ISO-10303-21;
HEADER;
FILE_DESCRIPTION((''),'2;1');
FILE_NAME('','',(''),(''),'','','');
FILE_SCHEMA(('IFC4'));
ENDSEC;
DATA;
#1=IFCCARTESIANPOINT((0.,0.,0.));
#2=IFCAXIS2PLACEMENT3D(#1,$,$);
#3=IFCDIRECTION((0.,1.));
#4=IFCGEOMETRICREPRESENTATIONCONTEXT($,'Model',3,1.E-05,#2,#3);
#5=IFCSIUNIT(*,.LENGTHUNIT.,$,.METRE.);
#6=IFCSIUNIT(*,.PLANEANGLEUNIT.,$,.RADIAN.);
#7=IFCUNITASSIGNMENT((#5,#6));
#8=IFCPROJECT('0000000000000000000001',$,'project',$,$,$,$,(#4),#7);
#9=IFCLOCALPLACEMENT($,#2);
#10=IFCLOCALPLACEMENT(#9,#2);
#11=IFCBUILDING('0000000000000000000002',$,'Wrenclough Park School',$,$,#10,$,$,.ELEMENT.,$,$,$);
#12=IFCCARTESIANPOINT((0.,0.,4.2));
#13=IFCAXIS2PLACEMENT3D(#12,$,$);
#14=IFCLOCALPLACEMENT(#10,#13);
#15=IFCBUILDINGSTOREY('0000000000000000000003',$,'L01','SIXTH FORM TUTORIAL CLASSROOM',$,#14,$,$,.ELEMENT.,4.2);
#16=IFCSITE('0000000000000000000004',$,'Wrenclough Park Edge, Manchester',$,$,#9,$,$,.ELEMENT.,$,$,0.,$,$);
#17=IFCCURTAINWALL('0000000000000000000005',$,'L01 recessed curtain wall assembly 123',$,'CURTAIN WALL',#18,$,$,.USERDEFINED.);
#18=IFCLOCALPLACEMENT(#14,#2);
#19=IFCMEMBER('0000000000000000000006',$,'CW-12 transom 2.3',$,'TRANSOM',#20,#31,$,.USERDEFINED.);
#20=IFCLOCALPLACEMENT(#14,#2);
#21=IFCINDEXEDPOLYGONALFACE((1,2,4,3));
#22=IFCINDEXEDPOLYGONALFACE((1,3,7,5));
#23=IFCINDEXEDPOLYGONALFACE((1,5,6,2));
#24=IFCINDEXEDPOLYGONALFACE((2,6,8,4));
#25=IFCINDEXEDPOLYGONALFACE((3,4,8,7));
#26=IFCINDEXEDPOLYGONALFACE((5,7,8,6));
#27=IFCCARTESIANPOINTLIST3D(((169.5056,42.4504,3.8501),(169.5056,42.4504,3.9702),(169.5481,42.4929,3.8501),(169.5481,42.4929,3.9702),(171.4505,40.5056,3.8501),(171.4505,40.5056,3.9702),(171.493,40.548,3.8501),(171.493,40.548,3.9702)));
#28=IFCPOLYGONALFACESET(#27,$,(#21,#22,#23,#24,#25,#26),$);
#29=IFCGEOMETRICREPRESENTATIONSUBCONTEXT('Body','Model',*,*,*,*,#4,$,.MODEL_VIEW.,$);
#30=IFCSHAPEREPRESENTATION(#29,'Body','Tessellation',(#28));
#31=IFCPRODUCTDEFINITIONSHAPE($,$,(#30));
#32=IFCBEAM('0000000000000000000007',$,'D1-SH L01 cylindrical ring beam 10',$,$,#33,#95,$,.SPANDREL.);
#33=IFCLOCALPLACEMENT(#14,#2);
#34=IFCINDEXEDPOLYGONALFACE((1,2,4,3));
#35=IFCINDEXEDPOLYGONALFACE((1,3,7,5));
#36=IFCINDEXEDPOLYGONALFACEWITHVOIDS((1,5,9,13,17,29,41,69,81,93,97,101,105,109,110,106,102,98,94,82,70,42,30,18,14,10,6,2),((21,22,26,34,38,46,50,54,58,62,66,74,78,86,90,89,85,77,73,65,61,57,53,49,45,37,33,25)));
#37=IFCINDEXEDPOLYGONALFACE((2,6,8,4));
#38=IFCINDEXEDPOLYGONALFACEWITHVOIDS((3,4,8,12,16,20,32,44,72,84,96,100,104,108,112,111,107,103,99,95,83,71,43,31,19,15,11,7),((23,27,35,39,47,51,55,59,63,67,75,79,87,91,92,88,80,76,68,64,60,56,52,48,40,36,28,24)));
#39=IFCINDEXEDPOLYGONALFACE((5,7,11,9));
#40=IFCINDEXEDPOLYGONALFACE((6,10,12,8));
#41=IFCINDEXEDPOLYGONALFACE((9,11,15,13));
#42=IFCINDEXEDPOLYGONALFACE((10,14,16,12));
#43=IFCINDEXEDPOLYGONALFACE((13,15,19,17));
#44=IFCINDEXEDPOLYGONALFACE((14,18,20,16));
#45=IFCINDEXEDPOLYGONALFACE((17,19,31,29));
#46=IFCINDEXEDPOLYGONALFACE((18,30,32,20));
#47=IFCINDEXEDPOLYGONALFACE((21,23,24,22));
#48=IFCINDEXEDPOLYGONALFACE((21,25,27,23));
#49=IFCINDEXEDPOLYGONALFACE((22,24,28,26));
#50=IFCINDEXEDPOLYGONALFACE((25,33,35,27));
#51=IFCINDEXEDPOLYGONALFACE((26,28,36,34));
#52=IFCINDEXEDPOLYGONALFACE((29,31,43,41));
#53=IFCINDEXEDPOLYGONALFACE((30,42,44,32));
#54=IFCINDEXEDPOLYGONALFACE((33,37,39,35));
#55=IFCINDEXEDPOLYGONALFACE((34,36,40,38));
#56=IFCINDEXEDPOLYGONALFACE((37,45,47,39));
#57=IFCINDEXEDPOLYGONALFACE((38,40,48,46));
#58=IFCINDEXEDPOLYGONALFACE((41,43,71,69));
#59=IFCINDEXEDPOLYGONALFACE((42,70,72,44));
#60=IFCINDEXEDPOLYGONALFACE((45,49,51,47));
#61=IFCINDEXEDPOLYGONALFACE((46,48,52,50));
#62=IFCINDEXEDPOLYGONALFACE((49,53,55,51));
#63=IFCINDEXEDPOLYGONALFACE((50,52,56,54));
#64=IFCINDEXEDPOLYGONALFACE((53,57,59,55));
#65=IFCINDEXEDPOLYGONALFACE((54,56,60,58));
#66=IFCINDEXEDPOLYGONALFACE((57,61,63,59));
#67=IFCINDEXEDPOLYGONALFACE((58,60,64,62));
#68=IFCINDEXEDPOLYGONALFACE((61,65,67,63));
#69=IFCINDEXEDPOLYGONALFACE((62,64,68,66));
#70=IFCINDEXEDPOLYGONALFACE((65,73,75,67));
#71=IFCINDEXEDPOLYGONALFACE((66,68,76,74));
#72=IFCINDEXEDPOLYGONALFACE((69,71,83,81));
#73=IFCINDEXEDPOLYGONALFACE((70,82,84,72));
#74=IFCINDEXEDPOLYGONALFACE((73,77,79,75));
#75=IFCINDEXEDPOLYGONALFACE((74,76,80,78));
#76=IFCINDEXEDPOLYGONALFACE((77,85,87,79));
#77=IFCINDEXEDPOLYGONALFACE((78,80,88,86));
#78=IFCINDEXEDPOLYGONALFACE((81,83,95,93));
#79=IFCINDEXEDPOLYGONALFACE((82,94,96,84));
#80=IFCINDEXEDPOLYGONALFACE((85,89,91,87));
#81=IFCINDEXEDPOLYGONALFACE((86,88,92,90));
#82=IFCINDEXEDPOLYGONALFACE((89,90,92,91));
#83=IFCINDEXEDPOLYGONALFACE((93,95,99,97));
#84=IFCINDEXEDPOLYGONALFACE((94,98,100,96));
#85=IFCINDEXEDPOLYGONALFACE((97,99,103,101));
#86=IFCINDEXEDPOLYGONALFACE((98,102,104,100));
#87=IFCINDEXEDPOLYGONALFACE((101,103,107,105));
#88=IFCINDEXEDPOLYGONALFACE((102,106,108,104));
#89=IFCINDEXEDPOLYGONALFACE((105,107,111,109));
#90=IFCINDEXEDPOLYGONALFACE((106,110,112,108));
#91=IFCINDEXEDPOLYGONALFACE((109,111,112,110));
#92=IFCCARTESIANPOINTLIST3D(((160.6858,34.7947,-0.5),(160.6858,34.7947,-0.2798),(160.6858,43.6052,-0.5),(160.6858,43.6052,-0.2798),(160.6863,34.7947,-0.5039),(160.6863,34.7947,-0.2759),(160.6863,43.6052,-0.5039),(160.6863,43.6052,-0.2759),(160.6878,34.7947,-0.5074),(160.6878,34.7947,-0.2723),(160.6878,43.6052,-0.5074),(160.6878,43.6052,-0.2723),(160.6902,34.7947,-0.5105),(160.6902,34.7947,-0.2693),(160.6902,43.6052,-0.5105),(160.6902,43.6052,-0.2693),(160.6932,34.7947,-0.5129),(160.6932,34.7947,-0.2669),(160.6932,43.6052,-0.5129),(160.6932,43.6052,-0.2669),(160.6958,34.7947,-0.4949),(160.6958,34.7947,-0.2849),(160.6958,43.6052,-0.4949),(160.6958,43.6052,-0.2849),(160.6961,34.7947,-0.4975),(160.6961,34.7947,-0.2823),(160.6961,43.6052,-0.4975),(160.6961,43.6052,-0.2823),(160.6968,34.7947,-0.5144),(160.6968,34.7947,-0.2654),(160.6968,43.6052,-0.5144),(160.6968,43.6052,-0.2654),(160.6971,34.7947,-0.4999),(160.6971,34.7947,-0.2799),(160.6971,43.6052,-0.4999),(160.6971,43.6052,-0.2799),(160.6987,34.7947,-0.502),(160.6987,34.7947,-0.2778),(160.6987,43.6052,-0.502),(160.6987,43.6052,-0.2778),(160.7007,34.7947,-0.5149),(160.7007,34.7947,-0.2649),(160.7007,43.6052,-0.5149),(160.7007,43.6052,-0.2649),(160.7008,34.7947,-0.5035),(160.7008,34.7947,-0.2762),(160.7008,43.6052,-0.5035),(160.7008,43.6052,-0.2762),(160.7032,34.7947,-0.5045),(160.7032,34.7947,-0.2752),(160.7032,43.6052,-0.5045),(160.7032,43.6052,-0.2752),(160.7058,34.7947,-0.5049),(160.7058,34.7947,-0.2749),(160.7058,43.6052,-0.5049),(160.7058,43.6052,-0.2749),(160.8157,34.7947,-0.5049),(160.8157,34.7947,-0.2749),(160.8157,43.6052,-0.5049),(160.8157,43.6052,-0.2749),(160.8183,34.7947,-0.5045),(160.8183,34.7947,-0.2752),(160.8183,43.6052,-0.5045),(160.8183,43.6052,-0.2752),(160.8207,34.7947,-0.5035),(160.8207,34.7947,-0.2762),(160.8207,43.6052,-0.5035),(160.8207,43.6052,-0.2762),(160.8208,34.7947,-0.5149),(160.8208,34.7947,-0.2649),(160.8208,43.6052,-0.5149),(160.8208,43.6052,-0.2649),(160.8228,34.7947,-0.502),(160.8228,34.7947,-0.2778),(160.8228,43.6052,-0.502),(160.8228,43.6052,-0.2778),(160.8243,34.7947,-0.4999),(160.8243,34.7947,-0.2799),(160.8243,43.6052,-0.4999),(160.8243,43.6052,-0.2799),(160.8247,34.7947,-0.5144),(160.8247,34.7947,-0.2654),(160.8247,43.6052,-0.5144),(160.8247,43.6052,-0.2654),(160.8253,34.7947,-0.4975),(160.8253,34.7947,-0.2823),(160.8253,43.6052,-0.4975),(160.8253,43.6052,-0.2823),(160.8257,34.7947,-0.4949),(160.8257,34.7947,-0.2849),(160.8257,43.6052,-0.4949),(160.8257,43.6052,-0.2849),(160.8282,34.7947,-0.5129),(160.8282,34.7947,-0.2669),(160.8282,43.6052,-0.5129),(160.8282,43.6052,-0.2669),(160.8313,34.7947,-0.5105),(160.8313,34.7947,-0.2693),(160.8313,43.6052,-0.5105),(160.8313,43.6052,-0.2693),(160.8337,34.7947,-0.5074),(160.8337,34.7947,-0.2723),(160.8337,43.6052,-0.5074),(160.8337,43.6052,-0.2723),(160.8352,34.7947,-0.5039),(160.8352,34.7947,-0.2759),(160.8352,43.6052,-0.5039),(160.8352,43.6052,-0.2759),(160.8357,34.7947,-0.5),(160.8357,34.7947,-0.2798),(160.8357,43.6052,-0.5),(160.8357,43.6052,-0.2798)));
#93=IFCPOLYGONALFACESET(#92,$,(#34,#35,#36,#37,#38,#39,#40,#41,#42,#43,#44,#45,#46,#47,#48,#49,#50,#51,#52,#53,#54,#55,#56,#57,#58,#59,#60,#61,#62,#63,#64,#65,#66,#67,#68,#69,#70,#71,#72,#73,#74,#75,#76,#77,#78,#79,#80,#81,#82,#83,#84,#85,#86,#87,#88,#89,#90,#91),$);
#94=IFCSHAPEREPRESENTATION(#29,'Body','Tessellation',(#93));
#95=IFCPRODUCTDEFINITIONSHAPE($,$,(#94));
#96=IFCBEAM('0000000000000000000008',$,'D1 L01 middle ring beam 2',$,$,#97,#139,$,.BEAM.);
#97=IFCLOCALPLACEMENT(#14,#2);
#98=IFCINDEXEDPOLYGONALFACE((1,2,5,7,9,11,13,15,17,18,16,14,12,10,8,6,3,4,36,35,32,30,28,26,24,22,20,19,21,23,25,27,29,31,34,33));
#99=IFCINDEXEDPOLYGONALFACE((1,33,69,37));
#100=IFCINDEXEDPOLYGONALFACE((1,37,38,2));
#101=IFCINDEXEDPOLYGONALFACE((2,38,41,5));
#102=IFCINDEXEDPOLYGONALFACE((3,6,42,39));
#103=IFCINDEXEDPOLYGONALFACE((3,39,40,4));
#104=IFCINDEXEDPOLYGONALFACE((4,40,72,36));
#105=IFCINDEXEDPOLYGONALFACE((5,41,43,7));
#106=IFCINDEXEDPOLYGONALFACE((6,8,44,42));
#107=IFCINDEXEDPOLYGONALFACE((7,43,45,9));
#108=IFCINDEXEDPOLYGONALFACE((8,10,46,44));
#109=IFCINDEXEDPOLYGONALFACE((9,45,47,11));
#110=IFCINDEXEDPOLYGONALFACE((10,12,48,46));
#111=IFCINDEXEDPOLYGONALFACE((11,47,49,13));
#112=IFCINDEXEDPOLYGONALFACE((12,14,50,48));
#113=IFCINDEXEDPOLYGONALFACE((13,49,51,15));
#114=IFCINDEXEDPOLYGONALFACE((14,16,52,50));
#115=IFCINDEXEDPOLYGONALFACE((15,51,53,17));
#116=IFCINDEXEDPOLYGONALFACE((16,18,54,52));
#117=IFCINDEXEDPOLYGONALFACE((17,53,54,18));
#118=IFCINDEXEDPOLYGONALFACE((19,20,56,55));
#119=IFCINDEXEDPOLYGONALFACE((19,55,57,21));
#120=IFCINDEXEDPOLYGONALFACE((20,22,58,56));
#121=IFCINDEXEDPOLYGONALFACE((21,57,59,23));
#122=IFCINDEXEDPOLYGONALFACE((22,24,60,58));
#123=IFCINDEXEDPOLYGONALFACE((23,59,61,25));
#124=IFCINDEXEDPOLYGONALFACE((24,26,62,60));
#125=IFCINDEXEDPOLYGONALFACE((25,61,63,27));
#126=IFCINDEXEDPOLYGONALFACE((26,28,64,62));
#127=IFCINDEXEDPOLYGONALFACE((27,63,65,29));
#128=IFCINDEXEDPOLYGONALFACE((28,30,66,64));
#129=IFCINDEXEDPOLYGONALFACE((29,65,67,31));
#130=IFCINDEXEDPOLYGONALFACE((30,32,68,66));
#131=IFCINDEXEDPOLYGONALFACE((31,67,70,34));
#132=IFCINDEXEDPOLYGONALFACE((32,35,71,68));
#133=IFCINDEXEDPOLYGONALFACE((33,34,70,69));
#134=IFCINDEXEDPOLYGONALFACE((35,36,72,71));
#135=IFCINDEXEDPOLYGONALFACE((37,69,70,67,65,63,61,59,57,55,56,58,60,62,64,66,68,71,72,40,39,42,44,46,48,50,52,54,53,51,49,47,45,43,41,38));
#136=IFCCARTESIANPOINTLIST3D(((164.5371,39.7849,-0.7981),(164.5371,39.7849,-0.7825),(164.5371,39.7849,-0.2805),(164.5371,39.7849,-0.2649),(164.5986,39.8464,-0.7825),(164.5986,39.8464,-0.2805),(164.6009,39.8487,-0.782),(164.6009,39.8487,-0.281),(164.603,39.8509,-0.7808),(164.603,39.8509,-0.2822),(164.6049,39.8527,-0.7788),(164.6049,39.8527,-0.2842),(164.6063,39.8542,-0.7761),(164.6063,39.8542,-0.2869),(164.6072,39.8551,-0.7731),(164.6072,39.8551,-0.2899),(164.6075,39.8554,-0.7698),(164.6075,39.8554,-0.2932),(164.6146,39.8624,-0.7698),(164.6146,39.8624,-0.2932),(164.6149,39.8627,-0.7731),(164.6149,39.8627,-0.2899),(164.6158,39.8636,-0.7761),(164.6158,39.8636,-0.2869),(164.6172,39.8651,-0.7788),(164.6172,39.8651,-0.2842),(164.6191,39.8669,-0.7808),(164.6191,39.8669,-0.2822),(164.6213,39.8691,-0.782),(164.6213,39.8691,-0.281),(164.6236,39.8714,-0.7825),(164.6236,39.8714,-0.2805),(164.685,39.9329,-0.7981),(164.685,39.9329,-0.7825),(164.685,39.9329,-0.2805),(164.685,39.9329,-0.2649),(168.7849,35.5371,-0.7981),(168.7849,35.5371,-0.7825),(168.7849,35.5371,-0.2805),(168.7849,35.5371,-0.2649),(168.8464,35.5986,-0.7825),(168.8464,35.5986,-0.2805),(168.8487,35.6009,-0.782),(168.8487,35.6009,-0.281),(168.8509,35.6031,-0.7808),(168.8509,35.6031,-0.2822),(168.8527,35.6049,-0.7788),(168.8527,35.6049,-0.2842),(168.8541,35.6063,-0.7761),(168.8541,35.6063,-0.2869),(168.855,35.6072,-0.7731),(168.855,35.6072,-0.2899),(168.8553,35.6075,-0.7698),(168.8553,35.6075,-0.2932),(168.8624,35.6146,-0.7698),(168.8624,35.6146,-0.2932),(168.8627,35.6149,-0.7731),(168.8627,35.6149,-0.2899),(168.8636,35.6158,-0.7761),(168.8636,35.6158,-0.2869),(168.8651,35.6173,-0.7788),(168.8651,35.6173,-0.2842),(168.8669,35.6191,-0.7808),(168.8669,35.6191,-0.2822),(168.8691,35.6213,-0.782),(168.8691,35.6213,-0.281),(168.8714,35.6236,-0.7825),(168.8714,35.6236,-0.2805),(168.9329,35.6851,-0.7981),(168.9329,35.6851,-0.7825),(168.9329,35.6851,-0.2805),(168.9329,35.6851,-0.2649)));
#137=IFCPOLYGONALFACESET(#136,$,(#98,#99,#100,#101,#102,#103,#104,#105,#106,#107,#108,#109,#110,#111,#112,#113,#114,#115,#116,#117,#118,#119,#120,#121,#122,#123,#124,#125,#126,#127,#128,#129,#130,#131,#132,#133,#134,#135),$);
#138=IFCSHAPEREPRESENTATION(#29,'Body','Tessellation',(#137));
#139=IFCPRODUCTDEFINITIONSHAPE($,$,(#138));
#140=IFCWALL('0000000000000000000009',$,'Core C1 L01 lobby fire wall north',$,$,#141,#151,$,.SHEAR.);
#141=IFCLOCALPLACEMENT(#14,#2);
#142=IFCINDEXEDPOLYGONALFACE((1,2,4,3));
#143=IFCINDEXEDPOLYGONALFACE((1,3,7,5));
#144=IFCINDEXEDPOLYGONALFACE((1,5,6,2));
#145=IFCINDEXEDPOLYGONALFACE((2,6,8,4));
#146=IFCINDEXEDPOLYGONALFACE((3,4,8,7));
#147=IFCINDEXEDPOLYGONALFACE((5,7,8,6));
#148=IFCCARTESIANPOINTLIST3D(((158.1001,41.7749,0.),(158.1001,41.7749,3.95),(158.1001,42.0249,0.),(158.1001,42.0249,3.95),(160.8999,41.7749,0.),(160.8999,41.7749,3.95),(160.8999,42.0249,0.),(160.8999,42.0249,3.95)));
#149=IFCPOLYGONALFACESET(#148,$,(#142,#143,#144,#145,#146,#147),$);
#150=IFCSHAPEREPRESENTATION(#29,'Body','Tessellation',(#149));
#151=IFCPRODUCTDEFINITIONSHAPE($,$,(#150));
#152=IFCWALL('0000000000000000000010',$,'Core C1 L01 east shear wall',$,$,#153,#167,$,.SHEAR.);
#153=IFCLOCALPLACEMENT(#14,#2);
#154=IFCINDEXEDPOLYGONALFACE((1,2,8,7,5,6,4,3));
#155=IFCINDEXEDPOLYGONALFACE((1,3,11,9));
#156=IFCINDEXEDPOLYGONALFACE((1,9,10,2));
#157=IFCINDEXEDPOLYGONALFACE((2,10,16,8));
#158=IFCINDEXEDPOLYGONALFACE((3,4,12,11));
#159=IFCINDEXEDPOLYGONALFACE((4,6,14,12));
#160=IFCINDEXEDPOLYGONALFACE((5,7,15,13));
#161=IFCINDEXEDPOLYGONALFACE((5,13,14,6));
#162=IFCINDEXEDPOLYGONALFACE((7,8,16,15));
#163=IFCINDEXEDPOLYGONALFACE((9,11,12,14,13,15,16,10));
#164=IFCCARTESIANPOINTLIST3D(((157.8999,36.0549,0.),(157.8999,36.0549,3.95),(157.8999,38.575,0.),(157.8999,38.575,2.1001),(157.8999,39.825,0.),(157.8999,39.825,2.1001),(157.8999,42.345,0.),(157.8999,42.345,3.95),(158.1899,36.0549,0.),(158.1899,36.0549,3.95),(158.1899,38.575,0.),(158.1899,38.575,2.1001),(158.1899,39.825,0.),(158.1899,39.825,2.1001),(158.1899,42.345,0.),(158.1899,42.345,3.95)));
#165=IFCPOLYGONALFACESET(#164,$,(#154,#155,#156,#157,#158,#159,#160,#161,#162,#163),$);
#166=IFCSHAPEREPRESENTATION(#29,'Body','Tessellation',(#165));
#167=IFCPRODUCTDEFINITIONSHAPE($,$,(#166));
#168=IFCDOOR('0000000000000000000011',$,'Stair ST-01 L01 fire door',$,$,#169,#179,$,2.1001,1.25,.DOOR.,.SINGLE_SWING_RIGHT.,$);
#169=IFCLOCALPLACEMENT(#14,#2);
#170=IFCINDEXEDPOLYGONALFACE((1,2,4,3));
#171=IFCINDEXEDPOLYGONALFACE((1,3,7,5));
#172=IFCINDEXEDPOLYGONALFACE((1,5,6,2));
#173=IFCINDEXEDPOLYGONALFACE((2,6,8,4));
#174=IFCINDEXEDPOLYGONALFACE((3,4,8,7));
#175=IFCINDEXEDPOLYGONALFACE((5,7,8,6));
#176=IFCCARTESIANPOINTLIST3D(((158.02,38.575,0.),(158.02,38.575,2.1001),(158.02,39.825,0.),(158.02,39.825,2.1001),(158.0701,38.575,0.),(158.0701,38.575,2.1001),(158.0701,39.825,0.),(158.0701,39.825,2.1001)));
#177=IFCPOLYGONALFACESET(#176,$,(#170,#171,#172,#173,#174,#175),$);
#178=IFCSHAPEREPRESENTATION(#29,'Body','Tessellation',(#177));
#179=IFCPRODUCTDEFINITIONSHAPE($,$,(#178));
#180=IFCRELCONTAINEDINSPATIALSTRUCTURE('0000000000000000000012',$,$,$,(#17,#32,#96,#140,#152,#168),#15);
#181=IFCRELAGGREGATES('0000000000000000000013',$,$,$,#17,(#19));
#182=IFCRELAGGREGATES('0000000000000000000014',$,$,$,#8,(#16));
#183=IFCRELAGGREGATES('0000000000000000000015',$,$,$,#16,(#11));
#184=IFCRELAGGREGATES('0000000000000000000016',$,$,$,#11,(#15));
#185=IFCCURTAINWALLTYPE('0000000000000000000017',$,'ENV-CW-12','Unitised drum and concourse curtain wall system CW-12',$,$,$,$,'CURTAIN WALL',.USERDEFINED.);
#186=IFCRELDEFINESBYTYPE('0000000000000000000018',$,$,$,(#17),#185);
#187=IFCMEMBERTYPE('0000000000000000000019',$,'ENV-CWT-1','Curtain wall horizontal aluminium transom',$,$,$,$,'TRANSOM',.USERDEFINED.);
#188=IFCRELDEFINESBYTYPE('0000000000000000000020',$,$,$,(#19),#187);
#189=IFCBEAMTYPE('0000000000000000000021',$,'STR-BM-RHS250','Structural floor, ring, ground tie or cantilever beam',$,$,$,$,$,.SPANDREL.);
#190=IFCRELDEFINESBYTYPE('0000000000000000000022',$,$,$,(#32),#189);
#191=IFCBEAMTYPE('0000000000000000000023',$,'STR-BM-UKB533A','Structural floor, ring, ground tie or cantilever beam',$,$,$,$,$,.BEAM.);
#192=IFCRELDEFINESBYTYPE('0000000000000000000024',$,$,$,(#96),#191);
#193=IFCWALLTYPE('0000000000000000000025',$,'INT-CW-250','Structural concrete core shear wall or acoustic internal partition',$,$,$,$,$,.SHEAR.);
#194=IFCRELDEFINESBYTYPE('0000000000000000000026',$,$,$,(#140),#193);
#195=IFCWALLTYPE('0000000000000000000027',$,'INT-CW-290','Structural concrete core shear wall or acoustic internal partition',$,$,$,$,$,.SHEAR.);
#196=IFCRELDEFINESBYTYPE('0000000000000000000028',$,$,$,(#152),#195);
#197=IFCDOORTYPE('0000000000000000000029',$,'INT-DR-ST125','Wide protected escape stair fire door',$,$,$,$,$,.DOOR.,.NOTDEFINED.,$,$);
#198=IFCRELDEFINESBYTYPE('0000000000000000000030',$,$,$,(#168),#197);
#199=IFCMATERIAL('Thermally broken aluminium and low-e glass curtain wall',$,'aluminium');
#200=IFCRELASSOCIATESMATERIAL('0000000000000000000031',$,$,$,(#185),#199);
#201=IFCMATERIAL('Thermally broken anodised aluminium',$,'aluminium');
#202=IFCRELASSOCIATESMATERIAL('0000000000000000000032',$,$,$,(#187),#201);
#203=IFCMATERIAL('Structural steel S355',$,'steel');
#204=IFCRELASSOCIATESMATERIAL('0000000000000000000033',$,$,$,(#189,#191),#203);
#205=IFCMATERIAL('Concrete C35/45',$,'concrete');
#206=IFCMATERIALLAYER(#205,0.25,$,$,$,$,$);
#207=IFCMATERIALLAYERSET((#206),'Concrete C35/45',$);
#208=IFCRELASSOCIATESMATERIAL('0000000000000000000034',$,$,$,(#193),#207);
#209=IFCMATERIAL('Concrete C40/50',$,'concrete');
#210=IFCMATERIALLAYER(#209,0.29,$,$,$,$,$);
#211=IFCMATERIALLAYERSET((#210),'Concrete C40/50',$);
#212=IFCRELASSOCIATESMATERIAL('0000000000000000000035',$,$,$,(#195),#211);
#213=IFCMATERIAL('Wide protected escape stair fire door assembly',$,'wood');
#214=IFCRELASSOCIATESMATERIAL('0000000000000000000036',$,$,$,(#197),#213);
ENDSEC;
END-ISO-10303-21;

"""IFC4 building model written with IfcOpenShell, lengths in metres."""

from ifc_helpers import new_model, si_unit, direction, frame, frame_2d, origin, origin_2d, place, context, subcontext, project, spatial, rectangle, hollow_rectangle, i_section, extrude, material, layer, layer_set, material_profile, profile_set, type_object, element, fill, aggregate, save


model = new_model("IFC4")

# Units and contexts
model_context = context("Model", 3, precision=1e-05, world=origin(), true_north=direction((0.0, 1.0)))
body_context = subcontext(model_context, "Body", "Model", "MODEL_VIEW")
ifc_project = project(units=[si_unit("LENGTHUNIT", "METRE"), si_unit("PLANEANGLEUNIT", "RADIAN")], contexts=[model_context])

# Site, building, storey
site_placement = place(None, origin())
site = spatial("IfcSite", under=ifc_project, at=site_placement, Name="Wrenclough Park Edge, Manchester", CompositionType="ELEMENT", RefElevation=0.0)
building_placement = place(site_placement, origin())
building = spatial("IfcBuilding", under=site, at=building_placement, Name="Wrenclough Park School", CompositionType="ELEMENT")
storey_placement = place(building_placement, frame((0.0, 0.0, 4.2)))
storey = spatial("IfcBuildingStorey", under=building, at=storey_placement, Name="L01", Description="SIXTH FORM TUTORIAL CLASSROOM", CompositionType="ELEMENT", Elevation=4.2)

# Shared definitions
ifc_material_1 = material(Name="Structural steel S355", Category="steel")

# Curtain wall, member
ifc_material_2 = material(Name="Thermally broken aluminium and low-e glass curtain wall", Category="aluminium")
curtain_wall_type = type_object("IfcCurtainWallType", Name="ENV-CW-12", Description="Unitised drum and concourse curtain wall system CW-12", ElementType="CURTAIN WALL", PredefinedType="USERDEFINED", material=ifc_material_2)
curtain_wall_placement = place(storey_placement, origin())
curtain_wall = element("IfcCurtainWall", 1, at=curtain_wall_placement, inside=storey, type_object=curtain_wall_type, Name="L01 recessed curtain wall assembly 123", ObjectType="CURTAIN WALL", PredefinedType="USERDEFINED")
ifc_material_3 = material(Name="Thermally broken anodised aluminium", Category="aluminium")
ifc_material_profile_1 = material_profile(ifc_material_3, rectangle(XDim=0.0601, YDim=0.1201, at=origin_2d()), Name="AL TRANSOM 60x120")
ifc_profile_set_1 = profile_set([ifc_material_profile_1], Name="Thermally broken anodised aluminium")
member_type_1 = type_object("IfcMemberType", Name="ENV-CWT-1", Description="Curtain wall horizontal aluminium transom", ElementType="TRANSOM", PredefinedType="USERDEFINED", material=ifc_profile_set_1)
member_1_placement = place(storey_placement, frame((169.5269, 42.4717, 3.9102), z_axis=(0.707107, -0.707107, 0.0), x_axis=(0.707107, 0.707107, 0.0)))
member_1 = element("IfcMember", 2, at=member_1_placement, type_object=member_type_1, Name="CW-12 transom 2.3", ObjectType="TRANSOM", PredefinedType="USERDEFINED", context=body_context, shape_type="SweptSolid", body=[
    extrude(rectangle(XDim=0.0601, YDim=0.1201, at=origin_2d()), origin(), (0.0, 0.0, 1.0), 2.7505),
])
aggregate(curtain_wall, [member_1])

# Beams
ifc_material_profile_2 = material_profile(ifc_material_1, hollow_rectangle(XDim=0.1499, YDim=0.25, WallThickness=0.01, InnerFilletRadius=0.01, OuterFilletRadius=0.0149, at=origin_2d()), Name="RHS 250x150x10.0")
ifc_profile_set_2 = profile_set([ifc_material_profile_2], Name="Structural steel S355")
beam_type_1 = type_object("IfcBeamType", Name="STR-BM-RHS250", Description="Structural floor, ring, ground tie or cantilever beam", PredefinedType="SPANDREL", material=ifc_profile_set_2)
beam_1_placement = place(storey_placement, frame((160.7607, 34.7947, -0.3899), z_axis=(0.0, 1.0, 0.0), x_axis=(-1.0, 0.0, 0.0)))
element("IfcBeam", 3, at=beam_1_placement, inside=storey, type_object=beam_type_1, Name="D1-SH L01 cylindrical ring beam 10", PredefinedType="SPANDREL", context=body_context, shape_type="SweptSolid", body=[
    extrude(hollow_rectangle(XDim=0.1499, YDim=0.25, WallThickness=0.01, InnerFilletRadius=0.01, OuterFilletRadius=0.0149, at=origin_2d()), origin(), (0.0, 0.0, 1.0), 8.8105),
])
ifc_material_profile_3 = material_profile(ifc_material_1, i_section(OverallWidth=0.2092, OverallDepth=0.5332, WebThickness=0.01, FlangeThickness=0.0156, FilletRadius=0.0127, at=origin_2d()), Name="UKB 533x210x92")
ifc_profile_set_3 = profile_set([ifc_material_profile_3], Name="Structural steel S355")
beam_type_2 = type_object("IfcBeamType", Name="STR-BM-UKB533A", Description="Structural floor, ring, ground tie or cantilever beam", PredefinedType="BEAM", material=ifc_profile_set_3)
beam_2_placement = place(storey_placement, frame((168.8589, 35.6111, -0.5315), z_axis=(-0.707107, 0.707107, 0.0), x_axis=(-0.707107, -0.707107, 0.0)))
element("IfcBeam", 4, at=beam_2_placement, inside=storey, type_object=beam_type_2, Name="D1 L01 middle ring beam 2", PredefinedType="BEAM", context=body_context, shape_type="SweptSolid", body=[
    extrude(i_section(OverallWidth=0.2092, OverallDepth=0.5332, WebThickness=0.01, FlangeThickness=0.0156, FilletRadius=0.0127, at=origin_2d()), origin(), (0.0, 0.0, 1.0), 6.0073),
])

# Shared definitions
ifc_material_4 = material(Name="Concrete C35/45", Category="concrete")
ifc_layer_1 = layer(ifc_material_4, 0.25)
ifc_layer_set_1 = layer_set([ifc_layer_1], Name="Concrete C35/45")
wall_type_1 = type_object("IfcWallType", Name="INT-CW-250", Description="Structural concrete core shear wall or acoustic internal partition", PredefinedType="SHEAR", material=ifc_layer_set_1)

# Wall
wall_1_placement = place(storey_placement, frame((160.8999, 41.8999, 0.0), z_axis=(0.0, 0.0, 1.0), x_axis=(-1.0, 0.0, 0.0)))
element("IfcWall", 5, at=wall_1_placement, inside=storey, type_object=wall_type_1, Name="Core C1 L01 lobby fire wall north", PredefinedType="SHEAR", context=body_context, shape_type="SweptSolid", body=[
    extrude(rectangle(XDim=2.7998, YDim=0.25, at=frame_2d((1.3999, 0.0))), origin(), (0.0, 0.0, 1.0), 3.95),
])

# Wall, opening, door
ifc_material_5 = material(Name="Concrete C40/50", Category="concrete")
ifc_layer_2 = layer(ifc_material_5, 0.29)
ifc_layer_set_2 = layer_set([ifc_layer_2], Name="Concrete C40/50")
wall_type_2 = type_object("IfcWallType", Name="INT-CW-290", Description="Structural concrete core shear wall or acoustic internal partition", PredefinedType="SHEAR", material=ifc_layer_set_2)
wall_2_placement = place(storey_placement, frame((158.0449, 36.0549, 0.0), z_axis=(0.0, 0.0, 1.0), x_axis=(0.0, 1.0, 0.0)))
wall_2 = element("IfcWall", 6, at=wall_2_placement, inside=storey, type_object=wall_type_2, Name="Core C1 L01 east shear wall", PredefinedType="SHEAR", context=body_context, shape_type="SweptSolid", body=[
    extrude(rectangle(XDim=6.29, YDim=0.29, at=frame_2d((3.145, 0.0))), origin(), (0.0, 0.0, 1.0), 3.95),
])
opening_1_placement = place(wall_2_placement, frame((2.52, 0.0, 0.0)))
opening_1 = element("IfcOpeningElement", 7, at=opening_1_placement, cuts=wall_2, PredefinedType="OPENING", context=body_context, shape_type="SweptSolid", body=[
    extrude(rectangle(XDim=1.25, YDim=2.1001, at=frame_2d((0.625, 1.05))), frame((0.0, 0.155, 0.0), z_axis=(0.0, -1.0, 0.0), x_axis=(1.0, 0.0, 0.0)), (0.0, 0.0, 1.0), 0.3101),
])
ifc_material_6 = material(Name="Wide protected escape stair fire door assembly", Category="wood")
door_type_1 = type_object("IfcDoorType", Name="INT-DR-ST125", Description="Wide protected escape stair fire door", OperationType="NOTDEFINED", PredefinedType="DOOR", material=ifc_material_6)
door_1_placement = place(opening_1_placement, origin())
door_1 = element("IfcDoor", 8, at=door_1_placement, inside=storey, type_object=door_type_1, Name="Stair ST-01 L01 fire door", OperationType="SINGLE_SWING_RIGHT", OverallHeight=2.1001, OverallWidth=1.25, PredefinedType="DOOR", context=body_context, shape_type="SweptSolid", body=[
    extrude(rectangle(XDim=1.25, YDim=2.1001, at=frame_2d((0.625, 1.05))), frame((0.0, 0.0249, 0.0), z_axis=(0.0, -1.0, 0.0), x_axis=(1.0, 0.0, 0.0)), (0.0, 0.0, 1.0), 0.05),
])
fill(opening_1, door_1)

save(model, "model.ifc")
